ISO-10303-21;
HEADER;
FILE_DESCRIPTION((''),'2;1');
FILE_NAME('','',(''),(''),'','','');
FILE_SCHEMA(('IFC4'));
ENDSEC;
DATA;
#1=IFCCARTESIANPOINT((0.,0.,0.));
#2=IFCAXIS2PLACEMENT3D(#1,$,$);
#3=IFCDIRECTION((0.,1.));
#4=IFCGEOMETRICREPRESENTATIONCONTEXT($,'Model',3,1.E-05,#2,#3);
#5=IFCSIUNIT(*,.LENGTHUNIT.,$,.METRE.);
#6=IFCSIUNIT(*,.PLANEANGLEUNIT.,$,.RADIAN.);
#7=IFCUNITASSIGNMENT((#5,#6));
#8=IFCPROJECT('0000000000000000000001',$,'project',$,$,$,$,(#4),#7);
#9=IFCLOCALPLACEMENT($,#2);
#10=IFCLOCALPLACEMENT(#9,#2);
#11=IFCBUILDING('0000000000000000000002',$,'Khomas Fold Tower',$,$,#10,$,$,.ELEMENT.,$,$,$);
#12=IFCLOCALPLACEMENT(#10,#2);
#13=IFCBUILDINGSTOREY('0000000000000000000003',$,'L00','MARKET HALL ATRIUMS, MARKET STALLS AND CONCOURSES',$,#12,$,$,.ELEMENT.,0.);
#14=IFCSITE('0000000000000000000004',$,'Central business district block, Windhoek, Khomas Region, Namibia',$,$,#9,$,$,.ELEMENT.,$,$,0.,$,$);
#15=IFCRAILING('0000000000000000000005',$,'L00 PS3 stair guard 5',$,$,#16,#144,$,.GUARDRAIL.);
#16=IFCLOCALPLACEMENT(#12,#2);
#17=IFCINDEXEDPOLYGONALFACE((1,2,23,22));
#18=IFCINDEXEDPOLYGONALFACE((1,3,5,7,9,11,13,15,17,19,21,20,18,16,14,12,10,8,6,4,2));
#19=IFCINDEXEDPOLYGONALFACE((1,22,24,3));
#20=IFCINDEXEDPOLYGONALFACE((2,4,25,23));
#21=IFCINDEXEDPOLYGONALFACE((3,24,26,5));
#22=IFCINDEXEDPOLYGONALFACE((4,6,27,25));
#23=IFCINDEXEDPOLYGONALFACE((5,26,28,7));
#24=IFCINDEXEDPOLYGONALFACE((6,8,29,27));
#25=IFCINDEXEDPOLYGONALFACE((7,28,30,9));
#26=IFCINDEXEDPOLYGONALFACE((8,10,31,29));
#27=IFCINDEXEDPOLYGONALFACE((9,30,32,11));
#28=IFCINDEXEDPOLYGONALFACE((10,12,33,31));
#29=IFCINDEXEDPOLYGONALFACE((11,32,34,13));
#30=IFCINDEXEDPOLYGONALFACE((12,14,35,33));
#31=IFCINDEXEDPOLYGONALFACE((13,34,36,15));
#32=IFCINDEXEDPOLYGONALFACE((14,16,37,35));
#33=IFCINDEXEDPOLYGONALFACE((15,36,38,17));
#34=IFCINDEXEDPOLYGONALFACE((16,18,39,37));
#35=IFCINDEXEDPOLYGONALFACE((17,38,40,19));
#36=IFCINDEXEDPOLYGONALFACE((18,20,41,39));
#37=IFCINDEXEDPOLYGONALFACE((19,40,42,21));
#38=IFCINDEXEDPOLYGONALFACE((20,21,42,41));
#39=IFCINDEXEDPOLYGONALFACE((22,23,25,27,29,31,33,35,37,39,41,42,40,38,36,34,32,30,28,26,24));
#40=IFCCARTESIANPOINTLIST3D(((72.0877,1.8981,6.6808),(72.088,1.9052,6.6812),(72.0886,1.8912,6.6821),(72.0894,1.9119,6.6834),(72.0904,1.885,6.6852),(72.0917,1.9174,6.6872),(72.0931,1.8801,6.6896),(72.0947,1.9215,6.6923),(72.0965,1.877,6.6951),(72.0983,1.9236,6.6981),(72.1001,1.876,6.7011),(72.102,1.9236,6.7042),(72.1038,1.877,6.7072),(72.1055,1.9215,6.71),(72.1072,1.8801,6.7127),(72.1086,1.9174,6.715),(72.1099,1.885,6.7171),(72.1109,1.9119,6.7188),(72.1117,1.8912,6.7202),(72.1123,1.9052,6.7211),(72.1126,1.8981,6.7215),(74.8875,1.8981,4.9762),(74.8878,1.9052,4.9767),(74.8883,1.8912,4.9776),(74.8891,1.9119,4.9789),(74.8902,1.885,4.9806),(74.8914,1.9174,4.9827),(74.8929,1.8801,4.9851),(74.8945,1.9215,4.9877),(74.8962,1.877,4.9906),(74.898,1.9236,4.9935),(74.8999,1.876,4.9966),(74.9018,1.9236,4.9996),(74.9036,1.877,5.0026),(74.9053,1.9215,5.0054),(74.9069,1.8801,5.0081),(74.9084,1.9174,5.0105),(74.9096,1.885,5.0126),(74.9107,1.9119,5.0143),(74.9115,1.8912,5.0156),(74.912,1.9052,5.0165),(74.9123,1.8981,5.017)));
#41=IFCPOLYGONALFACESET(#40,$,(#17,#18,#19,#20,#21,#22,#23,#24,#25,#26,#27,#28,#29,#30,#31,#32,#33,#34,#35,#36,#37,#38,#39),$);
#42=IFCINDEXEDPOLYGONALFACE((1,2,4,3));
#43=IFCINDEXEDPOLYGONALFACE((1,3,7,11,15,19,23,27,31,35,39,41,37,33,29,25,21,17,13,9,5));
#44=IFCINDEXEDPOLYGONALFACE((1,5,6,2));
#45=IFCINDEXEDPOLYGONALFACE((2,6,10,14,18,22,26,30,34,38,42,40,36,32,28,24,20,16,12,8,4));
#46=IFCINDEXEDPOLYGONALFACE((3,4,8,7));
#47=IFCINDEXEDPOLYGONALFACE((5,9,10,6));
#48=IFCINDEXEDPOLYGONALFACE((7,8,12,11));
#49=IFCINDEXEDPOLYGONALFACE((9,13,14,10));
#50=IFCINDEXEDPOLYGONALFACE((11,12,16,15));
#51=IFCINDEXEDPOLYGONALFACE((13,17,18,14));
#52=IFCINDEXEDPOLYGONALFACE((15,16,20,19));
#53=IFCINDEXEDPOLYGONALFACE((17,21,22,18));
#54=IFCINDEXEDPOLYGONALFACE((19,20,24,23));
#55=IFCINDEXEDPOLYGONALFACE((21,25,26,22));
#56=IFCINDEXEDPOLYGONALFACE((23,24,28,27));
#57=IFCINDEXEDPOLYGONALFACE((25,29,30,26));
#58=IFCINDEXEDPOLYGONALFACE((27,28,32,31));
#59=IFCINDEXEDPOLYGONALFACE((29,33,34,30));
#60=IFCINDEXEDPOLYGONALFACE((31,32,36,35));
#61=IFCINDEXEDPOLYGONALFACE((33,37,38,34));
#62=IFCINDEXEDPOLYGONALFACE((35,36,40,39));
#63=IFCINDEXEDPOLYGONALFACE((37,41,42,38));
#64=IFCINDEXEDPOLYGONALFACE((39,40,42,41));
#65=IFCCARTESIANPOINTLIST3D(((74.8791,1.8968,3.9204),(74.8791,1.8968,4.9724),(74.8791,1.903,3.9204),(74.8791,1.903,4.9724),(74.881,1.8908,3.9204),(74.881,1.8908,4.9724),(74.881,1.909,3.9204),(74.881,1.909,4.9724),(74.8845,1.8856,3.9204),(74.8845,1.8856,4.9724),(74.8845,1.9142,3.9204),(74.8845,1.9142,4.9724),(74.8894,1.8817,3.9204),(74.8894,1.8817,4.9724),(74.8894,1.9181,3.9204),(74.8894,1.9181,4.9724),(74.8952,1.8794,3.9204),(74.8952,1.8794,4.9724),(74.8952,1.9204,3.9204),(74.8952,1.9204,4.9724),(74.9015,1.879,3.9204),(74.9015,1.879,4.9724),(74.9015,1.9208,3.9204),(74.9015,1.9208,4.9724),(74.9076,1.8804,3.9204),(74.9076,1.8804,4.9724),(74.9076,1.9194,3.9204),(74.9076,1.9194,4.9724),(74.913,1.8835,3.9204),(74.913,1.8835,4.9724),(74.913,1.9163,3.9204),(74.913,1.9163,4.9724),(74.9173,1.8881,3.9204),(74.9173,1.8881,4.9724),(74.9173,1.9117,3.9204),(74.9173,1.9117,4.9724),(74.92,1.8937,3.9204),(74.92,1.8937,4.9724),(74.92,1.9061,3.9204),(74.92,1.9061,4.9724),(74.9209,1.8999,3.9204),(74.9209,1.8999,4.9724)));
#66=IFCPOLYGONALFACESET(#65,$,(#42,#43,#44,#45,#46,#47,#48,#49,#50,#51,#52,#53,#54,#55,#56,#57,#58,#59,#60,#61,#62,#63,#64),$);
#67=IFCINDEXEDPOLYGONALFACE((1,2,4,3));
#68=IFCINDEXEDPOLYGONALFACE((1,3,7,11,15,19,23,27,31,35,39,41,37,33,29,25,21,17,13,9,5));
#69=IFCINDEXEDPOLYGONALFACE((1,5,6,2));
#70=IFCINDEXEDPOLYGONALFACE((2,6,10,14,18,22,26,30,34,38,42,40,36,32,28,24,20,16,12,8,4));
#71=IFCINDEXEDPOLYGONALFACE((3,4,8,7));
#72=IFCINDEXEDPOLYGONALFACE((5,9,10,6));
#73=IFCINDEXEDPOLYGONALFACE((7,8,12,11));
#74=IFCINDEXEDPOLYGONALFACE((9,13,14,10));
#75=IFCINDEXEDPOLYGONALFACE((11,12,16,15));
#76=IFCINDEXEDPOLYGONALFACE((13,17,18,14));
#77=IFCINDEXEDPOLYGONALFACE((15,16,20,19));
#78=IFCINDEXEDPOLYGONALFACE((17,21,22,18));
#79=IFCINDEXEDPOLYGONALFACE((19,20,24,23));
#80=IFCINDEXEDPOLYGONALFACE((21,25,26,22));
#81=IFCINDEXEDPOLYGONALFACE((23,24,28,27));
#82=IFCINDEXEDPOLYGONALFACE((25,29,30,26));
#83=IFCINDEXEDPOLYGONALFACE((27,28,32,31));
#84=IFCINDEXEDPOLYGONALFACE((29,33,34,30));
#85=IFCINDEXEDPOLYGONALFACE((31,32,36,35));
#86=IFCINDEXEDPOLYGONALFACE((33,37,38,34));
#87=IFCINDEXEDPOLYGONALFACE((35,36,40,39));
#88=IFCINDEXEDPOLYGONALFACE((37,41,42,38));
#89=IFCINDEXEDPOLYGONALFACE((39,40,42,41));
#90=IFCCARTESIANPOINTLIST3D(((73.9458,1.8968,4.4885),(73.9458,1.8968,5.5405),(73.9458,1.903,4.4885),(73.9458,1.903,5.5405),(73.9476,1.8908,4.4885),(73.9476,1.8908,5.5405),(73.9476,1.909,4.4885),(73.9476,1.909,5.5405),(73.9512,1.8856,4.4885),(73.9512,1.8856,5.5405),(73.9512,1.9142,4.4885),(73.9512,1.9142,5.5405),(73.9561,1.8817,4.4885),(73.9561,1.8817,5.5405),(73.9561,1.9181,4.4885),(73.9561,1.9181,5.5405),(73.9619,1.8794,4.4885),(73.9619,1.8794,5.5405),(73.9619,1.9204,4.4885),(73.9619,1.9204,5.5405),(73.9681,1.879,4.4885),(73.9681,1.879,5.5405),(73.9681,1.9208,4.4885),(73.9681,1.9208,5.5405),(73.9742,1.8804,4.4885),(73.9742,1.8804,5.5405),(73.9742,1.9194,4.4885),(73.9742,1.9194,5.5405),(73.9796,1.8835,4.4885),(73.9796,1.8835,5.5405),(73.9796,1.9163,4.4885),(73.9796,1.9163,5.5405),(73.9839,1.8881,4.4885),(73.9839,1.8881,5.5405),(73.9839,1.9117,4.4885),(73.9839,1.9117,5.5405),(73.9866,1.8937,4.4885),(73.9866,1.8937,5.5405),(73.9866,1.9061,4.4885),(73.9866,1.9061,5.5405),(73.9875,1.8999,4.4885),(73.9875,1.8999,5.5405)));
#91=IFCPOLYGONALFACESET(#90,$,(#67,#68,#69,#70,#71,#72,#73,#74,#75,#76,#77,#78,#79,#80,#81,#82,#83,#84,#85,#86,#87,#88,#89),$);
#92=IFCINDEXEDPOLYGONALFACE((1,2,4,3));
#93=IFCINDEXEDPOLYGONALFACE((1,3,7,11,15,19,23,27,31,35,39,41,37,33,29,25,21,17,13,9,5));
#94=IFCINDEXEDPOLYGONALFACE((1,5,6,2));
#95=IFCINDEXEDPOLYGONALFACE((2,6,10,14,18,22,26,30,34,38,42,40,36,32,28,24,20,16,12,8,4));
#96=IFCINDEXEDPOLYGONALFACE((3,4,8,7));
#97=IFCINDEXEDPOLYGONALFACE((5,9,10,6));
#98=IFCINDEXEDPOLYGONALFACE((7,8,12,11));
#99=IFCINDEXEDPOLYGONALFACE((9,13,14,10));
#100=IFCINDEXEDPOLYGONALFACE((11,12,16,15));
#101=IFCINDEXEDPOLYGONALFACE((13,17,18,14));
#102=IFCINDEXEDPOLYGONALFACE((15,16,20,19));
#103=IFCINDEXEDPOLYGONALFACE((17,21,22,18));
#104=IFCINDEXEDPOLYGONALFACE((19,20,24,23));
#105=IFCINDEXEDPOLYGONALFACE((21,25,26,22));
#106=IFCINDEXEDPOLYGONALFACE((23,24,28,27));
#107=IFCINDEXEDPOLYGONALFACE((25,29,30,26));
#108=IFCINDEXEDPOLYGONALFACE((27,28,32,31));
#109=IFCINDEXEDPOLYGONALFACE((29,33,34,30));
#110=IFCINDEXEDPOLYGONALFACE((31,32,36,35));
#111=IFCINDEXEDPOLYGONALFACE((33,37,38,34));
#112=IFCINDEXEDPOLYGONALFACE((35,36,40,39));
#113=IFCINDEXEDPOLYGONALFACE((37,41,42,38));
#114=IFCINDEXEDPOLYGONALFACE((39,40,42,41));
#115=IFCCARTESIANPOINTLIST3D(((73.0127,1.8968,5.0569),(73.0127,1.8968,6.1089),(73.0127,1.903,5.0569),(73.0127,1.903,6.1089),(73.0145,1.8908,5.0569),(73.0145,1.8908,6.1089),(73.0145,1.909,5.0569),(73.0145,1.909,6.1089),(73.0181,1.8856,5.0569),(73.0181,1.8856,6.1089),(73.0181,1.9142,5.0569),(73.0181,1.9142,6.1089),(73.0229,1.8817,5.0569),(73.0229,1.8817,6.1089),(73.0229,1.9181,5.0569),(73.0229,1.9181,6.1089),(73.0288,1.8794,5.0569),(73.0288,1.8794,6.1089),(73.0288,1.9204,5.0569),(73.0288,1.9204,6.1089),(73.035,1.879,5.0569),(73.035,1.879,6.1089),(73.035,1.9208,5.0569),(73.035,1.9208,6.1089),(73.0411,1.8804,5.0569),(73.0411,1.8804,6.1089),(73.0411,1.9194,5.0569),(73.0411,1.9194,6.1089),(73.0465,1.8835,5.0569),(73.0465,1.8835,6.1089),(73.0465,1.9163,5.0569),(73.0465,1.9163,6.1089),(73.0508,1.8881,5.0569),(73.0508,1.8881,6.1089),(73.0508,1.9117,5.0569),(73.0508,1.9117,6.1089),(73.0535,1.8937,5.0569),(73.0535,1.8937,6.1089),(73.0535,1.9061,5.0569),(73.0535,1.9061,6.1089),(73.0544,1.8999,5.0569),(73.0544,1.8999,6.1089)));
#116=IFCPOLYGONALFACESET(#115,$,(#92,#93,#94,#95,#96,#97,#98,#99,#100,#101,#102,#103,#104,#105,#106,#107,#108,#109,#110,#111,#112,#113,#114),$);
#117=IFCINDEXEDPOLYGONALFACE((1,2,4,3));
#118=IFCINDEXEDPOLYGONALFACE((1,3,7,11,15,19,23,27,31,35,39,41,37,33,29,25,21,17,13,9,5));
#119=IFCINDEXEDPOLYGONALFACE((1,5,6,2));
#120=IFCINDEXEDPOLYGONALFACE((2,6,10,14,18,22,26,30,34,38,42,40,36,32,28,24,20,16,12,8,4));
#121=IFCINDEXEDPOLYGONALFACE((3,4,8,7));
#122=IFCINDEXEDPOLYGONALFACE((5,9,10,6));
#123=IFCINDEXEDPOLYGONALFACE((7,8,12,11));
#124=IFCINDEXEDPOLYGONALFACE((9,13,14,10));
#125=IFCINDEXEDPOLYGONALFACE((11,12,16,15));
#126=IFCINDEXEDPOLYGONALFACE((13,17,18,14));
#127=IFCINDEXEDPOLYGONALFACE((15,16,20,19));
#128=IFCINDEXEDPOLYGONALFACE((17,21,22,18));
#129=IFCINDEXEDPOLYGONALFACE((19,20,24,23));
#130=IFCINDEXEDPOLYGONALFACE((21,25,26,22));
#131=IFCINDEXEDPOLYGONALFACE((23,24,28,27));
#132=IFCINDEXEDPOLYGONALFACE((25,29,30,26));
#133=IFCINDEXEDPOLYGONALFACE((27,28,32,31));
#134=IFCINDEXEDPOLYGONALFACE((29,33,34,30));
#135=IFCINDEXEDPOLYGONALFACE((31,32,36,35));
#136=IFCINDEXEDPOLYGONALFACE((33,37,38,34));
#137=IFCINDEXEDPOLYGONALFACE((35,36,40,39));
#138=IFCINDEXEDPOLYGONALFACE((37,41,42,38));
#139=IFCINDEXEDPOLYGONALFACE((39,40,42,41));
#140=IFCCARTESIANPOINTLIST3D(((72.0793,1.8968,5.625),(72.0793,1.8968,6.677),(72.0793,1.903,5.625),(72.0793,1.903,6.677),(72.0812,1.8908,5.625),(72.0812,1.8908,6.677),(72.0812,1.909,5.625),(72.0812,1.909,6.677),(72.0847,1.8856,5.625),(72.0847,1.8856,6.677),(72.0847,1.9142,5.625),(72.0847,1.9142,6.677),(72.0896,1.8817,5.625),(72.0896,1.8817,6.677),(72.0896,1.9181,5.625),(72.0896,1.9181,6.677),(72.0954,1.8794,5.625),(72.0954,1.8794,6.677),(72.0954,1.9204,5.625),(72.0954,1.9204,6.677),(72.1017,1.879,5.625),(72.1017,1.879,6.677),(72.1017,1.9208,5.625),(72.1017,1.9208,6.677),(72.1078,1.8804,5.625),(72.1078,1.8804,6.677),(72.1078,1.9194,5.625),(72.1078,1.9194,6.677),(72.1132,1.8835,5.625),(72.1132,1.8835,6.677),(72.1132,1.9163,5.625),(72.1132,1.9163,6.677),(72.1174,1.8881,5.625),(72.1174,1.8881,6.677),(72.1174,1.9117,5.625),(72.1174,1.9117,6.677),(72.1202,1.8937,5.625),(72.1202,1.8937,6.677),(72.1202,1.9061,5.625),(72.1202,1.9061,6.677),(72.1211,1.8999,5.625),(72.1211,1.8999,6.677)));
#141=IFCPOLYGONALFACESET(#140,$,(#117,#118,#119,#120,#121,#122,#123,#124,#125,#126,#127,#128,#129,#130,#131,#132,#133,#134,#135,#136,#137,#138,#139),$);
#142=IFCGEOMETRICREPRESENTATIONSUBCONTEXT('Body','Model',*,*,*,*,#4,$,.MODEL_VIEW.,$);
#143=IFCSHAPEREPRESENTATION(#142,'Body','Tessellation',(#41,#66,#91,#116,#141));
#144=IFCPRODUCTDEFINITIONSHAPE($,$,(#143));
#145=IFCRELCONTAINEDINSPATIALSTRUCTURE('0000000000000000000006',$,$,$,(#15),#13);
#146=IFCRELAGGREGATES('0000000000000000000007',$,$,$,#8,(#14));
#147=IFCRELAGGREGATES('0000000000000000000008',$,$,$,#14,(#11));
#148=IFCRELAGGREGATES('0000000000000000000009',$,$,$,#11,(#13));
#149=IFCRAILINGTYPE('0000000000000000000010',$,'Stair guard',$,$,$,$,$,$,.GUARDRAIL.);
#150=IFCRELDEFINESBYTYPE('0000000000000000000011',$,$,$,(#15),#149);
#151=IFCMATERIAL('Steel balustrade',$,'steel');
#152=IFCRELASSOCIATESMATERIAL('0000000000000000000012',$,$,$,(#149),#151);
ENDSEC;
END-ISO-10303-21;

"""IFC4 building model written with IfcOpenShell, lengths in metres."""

from ifc_helpers import new_model, si_unit, direction, frame, origin, origin_2d, place, context, subcontext, project, spatial, circle, extrude, source, transform, mapped, material, type_object, element, save


model = new_model("IFC4")

# Units and contexts
model_context = context("Model", 3, precision=1e-05, world=origin(), true_north=direction((0.0, 1.0)))
body_context = subcontext(model_context, "Body", "Model", "MODEL_VIEW")
ifc_project = project(units=[si_unit("LENGTHUNIT", "METRE"), si_unit("PLANEANGLEUNIT", "RADIAN")], contexts=[model_context])

# Site, building, storey
site_placement = place(None, origin())
site = spatial("IfcSite", under=ifc_project, at=site_placement, Name="Central business district block, Windhoek, Khomas Region, Namibia", CompositionType="ELEMENT", RefElevation=0.0)
building_placement = place(site_placement, origin())
building = spatial("IfcBuilding", under=site, at=building_placement, Name="Khomas Fold Tower", CompositionType="ELEMENT")
storey_placement = place(building_placement, origin())
storey = spatial("IfcBuildingStorey", under=building, at=storey_placement, Name="L00", Description="MARKET HALL ATRIUMS, MARKET STALLS AND CONCOURSES", CompositionType="ELEMENT", Elevation=0.0)

# Railing
ifc_material_1 = material(Name="Steel balustrade", Category="steel")
railing_type_1 = type_object("IfcRailingType", Name="Stair guard", PredefinedType="GUARDRAIL", material=ifc_material_1)
shared_shape_1 = source(origin(), body_context, "Body", "SweptSolid", [
    extrude(circle(Radius=0.0239, at=origin_2d()), frame((0.0, 0.0, 1.0762), z_axis=(-0.85415, 0.0, 0.520027), x_axis=(0.0, -1.0, 0.0)), (0.0, 0.0, 1.0), 3.2778),
    extrude(circle(Radius=0.021, at=origin_2d()), origin(), (0.0, 0.0, 1.0), 1.052),
    extrude(circle(Radius=0.021, at=origin_2d()), frame((-0.9333, 0.0, 0.5681)), (0.0, 0.0, 1.0), 1.052),
    extrude(circle(Radius=0.021, at=origin_2d()), frame((-1.8665, 0.0, 1.1365)), (0.0, 0.0, 1.0), 1.052),
    extrude(circle(Radius=0.021, at=origin_2d()), frame((-2.7998, 0.0, 1.7046)), (0.0, 0.0, 1.0), 1.052),
])
for number, where, name in (
    (1, (74.8999, 1.8999, 3.9204), "L00 PS3 stair guard 5"),
):
    element("IfcRailing", number, at=place(storey_placement, frame(where)), inside=storey, type_object=railing_type_1, Name=name, PredefinedType="GUARDRAIL", context=body_context, shape_type="MappedRepresentation", body=[
        mapped(shared_shape_1, transform((0.0, 0.0, 0.0))),
    ])

save(model, "model.ifc")
